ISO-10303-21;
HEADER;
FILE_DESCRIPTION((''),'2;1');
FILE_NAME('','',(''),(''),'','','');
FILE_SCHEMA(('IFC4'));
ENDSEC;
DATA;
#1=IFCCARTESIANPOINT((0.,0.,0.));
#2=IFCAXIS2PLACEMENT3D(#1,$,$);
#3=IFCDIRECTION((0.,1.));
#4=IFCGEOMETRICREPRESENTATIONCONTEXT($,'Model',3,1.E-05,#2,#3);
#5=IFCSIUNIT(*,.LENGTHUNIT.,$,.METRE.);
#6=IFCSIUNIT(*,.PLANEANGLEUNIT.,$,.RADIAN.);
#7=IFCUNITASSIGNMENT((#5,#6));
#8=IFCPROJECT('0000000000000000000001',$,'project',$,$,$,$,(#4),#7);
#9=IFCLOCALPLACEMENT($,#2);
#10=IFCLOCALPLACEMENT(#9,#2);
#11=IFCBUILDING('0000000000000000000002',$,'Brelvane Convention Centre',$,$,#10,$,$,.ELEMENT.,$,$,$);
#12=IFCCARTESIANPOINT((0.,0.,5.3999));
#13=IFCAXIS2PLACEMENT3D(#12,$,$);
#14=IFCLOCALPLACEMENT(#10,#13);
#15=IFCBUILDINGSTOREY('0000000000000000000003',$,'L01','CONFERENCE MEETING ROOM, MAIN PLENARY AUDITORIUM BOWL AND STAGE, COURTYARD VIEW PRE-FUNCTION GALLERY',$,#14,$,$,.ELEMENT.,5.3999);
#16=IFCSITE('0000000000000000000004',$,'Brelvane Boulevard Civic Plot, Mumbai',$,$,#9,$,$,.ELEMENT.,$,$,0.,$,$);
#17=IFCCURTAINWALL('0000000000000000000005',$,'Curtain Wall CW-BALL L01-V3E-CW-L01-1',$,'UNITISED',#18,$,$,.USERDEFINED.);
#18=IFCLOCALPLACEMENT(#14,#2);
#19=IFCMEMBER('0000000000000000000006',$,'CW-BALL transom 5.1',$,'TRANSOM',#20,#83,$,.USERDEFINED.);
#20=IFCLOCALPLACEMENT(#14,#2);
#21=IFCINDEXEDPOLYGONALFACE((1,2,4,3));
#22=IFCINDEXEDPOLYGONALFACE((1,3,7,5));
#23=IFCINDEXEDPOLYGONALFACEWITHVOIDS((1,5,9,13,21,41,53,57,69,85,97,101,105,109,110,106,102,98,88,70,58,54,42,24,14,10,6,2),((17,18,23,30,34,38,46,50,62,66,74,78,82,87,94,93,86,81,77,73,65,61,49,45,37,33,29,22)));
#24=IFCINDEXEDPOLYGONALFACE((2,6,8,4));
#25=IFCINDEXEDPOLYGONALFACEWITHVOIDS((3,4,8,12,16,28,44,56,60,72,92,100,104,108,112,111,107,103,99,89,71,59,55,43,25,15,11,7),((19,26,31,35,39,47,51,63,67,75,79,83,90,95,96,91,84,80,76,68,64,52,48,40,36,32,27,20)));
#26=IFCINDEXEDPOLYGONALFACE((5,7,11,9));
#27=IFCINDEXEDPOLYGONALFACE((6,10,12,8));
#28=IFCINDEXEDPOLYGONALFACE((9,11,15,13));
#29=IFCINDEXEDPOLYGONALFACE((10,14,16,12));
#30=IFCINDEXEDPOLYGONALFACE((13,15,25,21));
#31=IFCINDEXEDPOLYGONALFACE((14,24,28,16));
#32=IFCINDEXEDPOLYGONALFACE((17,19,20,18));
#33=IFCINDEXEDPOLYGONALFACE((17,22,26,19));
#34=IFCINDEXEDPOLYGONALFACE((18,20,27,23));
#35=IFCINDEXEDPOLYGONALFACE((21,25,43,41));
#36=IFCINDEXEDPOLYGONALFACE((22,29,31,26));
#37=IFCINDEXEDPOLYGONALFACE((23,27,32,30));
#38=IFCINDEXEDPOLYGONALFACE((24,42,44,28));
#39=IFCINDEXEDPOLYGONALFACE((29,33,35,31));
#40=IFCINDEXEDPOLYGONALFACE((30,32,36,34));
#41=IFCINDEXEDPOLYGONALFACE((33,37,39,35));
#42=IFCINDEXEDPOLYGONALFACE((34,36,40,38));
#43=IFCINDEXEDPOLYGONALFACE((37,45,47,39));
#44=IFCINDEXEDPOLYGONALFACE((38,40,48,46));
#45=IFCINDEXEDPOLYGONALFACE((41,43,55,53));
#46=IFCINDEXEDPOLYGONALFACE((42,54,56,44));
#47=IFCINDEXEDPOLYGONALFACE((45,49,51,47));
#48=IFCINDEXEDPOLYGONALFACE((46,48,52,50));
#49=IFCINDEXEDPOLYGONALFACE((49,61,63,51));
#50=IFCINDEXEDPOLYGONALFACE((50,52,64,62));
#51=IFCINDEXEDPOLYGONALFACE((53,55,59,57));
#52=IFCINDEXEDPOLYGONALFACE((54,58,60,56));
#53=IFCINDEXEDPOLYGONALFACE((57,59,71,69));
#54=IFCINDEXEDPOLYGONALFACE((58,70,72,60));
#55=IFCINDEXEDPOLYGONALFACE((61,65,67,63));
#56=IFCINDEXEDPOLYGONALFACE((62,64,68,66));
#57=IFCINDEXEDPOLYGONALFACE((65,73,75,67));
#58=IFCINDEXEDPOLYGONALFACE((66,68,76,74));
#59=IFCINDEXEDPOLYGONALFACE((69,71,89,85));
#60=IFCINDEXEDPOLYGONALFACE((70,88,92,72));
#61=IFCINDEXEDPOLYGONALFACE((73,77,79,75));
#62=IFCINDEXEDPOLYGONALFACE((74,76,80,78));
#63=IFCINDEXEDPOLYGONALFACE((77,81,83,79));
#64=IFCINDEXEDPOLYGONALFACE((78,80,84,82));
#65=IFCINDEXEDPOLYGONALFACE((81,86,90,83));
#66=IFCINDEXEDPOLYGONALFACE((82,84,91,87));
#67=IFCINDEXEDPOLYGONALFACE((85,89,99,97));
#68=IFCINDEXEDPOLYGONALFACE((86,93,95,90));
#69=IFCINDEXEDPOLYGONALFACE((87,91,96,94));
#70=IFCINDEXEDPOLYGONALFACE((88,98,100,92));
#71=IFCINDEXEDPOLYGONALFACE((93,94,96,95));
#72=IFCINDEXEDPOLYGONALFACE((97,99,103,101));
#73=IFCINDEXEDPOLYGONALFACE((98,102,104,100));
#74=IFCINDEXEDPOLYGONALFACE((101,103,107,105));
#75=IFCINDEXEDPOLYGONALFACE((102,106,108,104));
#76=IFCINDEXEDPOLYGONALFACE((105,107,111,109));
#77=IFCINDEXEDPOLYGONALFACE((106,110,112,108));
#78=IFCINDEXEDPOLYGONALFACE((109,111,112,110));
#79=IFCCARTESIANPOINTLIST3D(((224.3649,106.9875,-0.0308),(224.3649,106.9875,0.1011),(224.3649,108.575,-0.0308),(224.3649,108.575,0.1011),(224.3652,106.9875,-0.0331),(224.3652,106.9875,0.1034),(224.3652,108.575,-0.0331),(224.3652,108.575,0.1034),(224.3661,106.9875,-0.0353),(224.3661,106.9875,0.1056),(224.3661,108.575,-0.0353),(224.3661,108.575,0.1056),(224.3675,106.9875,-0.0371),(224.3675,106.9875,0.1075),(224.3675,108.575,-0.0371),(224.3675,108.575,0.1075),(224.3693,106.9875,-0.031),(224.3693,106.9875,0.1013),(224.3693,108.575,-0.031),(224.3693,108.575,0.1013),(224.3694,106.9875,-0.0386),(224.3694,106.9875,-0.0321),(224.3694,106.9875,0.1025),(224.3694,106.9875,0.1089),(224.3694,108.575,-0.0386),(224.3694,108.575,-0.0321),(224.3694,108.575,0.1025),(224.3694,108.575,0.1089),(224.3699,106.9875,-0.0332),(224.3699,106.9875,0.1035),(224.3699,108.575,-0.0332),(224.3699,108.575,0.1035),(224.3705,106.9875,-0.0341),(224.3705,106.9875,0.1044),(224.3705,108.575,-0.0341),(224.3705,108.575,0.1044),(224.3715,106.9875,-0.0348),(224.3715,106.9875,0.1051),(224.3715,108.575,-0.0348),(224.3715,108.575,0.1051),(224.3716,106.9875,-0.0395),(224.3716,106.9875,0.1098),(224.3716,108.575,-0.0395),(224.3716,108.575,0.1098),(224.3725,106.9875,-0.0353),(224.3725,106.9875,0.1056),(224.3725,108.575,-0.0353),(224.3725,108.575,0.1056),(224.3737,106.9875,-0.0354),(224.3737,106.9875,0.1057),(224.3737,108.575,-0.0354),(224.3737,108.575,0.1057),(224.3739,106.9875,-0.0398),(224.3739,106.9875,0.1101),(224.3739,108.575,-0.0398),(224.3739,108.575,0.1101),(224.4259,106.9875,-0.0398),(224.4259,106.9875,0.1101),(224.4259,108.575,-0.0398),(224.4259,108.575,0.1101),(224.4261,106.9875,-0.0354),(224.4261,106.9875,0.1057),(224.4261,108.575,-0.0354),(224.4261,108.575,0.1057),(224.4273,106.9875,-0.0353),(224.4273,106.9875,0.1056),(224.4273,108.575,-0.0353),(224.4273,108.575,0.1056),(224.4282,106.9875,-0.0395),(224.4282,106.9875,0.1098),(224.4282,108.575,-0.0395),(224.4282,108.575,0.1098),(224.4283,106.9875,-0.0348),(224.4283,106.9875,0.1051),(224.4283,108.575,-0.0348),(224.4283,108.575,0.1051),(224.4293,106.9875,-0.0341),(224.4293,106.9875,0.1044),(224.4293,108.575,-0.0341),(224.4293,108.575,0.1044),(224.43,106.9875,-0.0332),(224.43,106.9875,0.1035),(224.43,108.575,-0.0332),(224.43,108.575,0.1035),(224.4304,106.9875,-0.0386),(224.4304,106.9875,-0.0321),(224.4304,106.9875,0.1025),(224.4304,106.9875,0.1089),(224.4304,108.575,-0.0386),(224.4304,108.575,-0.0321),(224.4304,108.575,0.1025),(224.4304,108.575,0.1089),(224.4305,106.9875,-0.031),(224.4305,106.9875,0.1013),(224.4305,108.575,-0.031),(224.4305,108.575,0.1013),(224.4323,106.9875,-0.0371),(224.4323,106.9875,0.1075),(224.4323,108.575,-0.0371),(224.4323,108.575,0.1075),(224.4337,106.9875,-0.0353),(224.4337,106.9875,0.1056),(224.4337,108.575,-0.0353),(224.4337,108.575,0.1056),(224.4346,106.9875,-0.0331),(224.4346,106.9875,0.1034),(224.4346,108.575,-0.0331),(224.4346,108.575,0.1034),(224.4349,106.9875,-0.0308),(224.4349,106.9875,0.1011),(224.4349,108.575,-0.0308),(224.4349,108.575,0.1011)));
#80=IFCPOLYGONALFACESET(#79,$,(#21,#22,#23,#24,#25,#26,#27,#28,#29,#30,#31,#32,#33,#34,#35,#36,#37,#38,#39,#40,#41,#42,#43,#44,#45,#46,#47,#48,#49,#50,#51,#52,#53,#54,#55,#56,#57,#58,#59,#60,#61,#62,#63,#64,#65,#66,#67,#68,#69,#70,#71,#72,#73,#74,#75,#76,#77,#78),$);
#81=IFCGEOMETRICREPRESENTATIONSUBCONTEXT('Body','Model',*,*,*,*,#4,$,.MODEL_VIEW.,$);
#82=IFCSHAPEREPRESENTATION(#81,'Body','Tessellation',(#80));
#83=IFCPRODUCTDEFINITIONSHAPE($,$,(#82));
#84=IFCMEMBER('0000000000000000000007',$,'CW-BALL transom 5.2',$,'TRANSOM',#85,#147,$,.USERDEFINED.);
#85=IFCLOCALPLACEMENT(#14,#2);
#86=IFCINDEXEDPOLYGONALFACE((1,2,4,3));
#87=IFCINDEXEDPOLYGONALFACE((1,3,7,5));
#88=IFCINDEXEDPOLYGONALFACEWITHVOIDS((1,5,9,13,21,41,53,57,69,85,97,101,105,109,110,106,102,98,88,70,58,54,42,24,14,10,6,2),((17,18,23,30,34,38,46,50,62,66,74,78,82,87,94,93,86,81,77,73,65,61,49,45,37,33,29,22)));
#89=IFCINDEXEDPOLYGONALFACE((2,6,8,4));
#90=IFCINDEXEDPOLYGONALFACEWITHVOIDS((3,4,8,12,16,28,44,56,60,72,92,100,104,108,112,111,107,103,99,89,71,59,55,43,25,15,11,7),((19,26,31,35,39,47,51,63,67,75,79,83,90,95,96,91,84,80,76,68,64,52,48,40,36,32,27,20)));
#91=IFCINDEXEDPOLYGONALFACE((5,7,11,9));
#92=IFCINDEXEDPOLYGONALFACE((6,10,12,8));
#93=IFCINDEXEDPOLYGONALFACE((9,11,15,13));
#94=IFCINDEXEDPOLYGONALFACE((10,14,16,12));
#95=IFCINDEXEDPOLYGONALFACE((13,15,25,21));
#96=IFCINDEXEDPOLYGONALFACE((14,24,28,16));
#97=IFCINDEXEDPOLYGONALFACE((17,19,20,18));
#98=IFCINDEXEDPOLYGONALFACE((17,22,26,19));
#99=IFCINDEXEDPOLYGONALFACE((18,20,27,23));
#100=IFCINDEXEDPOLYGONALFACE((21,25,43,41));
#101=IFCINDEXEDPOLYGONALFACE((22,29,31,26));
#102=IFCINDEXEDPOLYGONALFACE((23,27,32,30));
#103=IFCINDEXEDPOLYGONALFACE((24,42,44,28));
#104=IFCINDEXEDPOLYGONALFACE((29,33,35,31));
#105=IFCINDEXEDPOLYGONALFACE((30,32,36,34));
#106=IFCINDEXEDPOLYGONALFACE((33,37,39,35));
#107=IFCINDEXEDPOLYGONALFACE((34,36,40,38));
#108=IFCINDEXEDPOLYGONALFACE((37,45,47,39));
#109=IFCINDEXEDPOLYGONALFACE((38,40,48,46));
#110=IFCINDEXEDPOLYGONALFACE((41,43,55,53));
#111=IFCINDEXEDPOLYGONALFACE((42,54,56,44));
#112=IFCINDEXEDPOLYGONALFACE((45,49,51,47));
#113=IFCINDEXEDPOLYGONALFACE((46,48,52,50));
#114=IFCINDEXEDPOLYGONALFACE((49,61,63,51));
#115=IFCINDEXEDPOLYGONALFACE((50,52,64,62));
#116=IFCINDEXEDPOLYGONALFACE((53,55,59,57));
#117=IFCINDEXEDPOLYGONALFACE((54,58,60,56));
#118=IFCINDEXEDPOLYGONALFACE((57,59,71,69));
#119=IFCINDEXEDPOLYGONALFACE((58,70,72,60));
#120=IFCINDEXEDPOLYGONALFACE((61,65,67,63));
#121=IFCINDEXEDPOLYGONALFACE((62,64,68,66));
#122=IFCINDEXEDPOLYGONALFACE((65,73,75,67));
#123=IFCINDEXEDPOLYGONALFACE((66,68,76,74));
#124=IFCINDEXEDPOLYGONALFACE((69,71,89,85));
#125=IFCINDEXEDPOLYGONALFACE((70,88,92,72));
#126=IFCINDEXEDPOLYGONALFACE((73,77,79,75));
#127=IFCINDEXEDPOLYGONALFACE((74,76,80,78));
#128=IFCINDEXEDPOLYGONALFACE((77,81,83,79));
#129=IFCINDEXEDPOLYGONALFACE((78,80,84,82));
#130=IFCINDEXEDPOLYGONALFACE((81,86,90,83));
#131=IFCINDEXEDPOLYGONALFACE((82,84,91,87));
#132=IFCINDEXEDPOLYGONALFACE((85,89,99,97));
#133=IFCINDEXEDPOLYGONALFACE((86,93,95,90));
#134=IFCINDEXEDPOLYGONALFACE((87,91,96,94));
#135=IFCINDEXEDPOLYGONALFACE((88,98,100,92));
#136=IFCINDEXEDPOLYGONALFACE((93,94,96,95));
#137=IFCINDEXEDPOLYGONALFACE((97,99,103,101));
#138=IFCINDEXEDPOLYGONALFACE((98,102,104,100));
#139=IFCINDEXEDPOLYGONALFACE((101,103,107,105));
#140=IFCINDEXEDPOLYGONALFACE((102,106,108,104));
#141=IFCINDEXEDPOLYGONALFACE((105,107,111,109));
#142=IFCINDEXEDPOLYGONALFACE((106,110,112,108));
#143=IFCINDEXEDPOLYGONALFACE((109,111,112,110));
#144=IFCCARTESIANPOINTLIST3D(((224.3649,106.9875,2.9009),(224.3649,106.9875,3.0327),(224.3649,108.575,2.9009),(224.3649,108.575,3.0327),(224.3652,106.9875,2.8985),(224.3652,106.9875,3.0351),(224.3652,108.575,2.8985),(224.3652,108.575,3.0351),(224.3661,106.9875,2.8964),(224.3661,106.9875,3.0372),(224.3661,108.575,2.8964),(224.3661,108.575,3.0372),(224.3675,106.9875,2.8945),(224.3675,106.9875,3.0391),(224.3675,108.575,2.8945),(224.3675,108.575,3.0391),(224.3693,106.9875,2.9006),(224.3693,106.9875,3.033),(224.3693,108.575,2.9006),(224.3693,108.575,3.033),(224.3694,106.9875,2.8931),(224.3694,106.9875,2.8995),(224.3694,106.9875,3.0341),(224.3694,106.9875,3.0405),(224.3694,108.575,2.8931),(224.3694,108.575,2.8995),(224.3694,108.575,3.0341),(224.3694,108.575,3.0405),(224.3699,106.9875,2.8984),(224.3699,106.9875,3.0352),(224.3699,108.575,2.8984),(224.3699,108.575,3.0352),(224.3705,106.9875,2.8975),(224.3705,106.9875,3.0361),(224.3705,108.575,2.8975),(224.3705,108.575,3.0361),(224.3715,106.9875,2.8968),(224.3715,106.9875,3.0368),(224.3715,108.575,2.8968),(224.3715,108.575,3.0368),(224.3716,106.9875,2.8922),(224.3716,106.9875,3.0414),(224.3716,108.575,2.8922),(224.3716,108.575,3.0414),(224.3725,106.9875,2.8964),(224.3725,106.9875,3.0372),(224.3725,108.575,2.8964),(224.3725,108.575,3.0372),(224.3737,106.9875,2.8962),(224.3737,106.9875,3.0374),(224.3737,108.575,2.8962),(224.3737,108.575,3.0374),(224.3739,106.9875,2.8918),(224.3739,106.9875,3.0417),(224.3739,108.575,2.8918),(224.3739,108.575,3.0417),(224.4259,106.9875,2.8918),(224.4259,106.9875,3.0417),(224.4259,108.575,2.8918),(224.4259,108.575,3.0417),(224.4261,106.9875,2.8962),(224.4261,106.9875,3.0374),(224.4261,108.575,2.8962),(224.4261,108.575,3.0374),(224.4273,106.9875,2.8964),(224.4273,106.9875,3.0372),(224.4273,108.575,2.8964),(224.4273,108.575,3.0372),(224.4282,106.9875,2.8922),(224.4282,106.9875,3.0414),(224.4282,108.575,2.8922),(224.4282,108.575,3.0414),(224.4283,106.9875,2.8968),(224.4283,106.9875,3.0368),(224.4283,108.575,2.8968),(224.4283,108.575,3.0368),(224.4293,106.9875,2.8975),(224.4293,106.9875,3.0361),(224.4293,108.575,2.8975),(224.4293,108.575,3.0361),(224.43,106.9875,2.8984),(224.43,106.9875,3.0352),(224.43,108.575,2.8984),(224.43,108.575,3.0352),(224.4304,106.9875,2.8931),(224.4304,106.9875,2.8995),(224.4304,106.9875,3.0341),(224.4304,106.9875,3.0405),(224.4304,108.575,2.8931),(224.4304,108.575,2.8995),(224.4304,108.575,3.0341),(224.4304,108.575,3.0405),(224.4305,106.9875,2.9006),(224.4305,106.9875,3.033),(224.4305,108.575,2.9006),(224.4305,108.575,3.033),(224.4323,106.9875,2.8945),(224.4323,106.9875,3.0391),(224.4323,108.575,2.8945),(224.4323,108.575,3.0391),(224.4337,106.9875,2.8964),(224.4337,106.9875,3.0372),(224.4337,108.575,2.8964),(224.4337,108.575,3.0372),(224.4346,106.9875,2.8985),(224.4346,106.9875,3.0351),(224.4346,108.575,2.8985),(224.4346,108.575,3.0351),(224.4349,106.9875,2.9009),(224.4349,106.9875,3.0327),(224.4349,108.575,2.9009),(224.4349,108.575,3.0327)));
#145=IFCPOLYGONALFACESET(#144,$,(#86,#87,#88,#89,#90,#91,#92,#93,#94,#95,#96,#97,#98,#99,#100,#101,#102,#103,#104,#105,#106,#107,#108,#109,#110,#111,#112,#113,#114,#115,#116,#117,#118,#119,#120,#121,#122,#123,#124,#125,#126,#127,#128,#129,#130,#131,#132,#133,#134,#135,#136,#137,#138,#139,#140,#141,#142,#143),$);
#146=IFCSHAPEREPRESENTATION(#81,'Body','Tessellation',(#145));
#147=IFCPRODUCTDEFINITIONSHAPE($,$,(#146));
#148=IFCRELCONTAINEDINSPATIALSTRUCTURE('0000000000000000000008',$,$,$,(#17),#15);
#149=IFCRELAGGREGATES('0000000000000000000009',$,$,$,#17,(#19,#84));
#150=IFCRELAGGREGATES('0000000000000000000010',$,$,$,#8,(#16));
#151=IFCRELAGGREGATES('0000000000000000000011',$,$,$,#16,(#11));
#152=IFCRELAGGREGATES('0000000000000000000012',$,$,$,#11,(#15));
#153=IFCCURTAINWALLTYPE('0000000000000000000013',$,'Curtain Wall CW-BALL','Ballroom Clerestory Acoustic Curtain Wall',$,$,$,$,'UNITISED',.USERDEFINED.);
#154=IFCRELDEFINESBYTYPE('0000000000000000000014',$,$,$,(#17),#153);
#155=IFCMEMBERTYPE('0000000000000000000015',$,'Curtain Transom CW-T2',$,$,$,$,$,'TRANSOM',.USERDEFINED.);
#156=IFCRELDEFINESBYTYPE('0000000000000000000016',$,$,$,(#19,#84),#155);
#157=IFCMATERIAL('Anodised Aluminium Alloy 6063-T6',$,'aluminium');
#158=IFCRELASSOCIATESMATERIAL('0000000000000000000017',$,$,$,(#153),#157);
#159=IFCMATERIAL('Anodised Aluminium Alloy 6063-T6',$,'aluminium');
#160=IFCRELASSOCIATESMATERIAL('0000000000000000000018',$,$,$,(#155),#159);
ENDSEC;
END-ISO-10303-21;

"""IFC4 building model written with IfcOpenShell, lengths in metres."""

from ifc_helpers import new_model, si_unit, direction, frame, origin, origin_2d, place, context, subcontext, project, spatial, hollow_rectangle, extrude, material, material_profile, profile_set, type_object, element, aggregate, save


model = new_model("IFC4")

# Units and contexts
model_context = context("Model", 3, precision=1e-05, world=origin(), true_north=direction((0.0, 1.0)))
body_context = subcontext(model_context, "Body", "Model", "MODEL_VIEW")
ifc_project = project(units=[si_unit("LENGTHUNIT", "METRE"), si_unit("PLANEANGLEUNIT", "RADIAN")], contexts=[model_context])

# Site, building, storey
site_placement = place(None, origin())
site = spatial("IfcSite", under=ifc_project, at=site_placement, Name="Brelvane Boulevard Civic Plot, Mumbai", CompositionType="ELEMENT", RefElevation=0.0)
building_placement = place(site_placement, origin())
building = spatial("IfcBuilding", under=site, at=building_placement, Name="Brelvane Convention Centre", CompositionType="ELEMENT")
storey_placement = place(building_placement, frame((0.0, 0.0, 5.3999)))
storey = spatial("IfcBuildingStorey", under=building, at=storey_placement, Name="L01", Description="CONFERENCE MEETING ROOM, MAIN PLENARY AUDITORIUM BOWL AND STAGE, COURTYARD VIEW PRE-FUNCTION GALLERY", CompositionType="ELEMENT", Elevation=5.3999)

# Curtain wall
ifc_material_1 = material(Name="Anodised Aluminium Alloy 6063-T6", Category="aluminium")
curtain_wall_type_1 = type_object("IfcCurtainWallType", Name="Curtain Wall CW-BALL", Description="Ballroom Clerestory Acoustic Curtain Wall", ElementType="UNITISED", PredefinedType="USERDEFINED", material=ifc_material_1)
curtain_wall_1_placement = place(storey_placement, origin())
curtain_wall_1 = element("IfcCurtainWall", 1, at=curtain_wall_1_placement, inside=storey, type_object=curtain_wall_type_1, Name="Curtain Wall CW-BALL L01-V3E-CW-L01-1", ObjectType="UNITISED", PredefinedType="USERDEFINED")

# Members
ifc_material_2 = material(Name="Anodised Aluminium Alloy 6063-T6", Category="aluminium")
ifc_material_profile_1 = material_profile(ifc_material_2, hollow_rectangle(XDim=0.0701, YDim=0.1499, WallThickness=0.0044, InnerFilletRadius=0.0044, OuterFilletRadius=0.009, at=origin_2d()), Name="ALU-T 150x70x4.5")
ifc_profile_set_1 = profile_set([ifc_material_profile_1], Name="Anodised Aluminium Alloy 6063-T6")
member_type_1 = type_object("IfcMemberType", Name="Curtain Transom CW-T2", ElementType="TRANSOM", PredefinedType="USERDEFINED", material=ifc_profile_set_1)
member_1_placement = place(storey_placement, frame((224.3999, 106.9875, 0.0352), z_axis=(0.0, 1.0, 0.0), x_axis=(-1.0, 0.0, 0.0)))
member_1 = element("IfcMember", 2, at=member_1_placement, type_object=member_type_1, Name="CW-BALL transom 5.1", ObjectType="TRANSOM", PredefinedType="USERDEFINED", context=body_context, shape_type="SweptSolid", body=[
    extrude(hollow_rectangle(XDim=0.0701, YDim=0.1499, WallThickness=0.0044, InnerFilletRadius=0.0044, OuterFilletRadius=0.009, at=origin_2d()), origin(), (0.0, 0.0, 1.0), 1.5874),
])
member_2_placement = place(storey_placement, frame((224.3999, 106.9875, 2.9668), z_axis=(0.0, 1.0, 0.0), x_axis=(-1.0, 0.0, 0.0)))
member_2 = element("IfcMember", 3, at=member_2_placement, type_object=member_type_1, Name="CW-BALL transom 5.2", ObjectType="TRANSOM", PredefinedType="USERDEFINED", context=body_context, shape_type="SweptSolid", body=[
    extrude(hollow_rectangle(XDim=0.0701, YDim=0.1499, WallThickness=0.0044, InnerFilletRadius=0.0044, OuterFilletRadius=0.009, at=origin_2d()), origin(), (0.0, 0.0, 1.0), 1.5874),
])

aggregate(curtain_wall_1, [member_1, member_2])

save(model, "model.ifc")
